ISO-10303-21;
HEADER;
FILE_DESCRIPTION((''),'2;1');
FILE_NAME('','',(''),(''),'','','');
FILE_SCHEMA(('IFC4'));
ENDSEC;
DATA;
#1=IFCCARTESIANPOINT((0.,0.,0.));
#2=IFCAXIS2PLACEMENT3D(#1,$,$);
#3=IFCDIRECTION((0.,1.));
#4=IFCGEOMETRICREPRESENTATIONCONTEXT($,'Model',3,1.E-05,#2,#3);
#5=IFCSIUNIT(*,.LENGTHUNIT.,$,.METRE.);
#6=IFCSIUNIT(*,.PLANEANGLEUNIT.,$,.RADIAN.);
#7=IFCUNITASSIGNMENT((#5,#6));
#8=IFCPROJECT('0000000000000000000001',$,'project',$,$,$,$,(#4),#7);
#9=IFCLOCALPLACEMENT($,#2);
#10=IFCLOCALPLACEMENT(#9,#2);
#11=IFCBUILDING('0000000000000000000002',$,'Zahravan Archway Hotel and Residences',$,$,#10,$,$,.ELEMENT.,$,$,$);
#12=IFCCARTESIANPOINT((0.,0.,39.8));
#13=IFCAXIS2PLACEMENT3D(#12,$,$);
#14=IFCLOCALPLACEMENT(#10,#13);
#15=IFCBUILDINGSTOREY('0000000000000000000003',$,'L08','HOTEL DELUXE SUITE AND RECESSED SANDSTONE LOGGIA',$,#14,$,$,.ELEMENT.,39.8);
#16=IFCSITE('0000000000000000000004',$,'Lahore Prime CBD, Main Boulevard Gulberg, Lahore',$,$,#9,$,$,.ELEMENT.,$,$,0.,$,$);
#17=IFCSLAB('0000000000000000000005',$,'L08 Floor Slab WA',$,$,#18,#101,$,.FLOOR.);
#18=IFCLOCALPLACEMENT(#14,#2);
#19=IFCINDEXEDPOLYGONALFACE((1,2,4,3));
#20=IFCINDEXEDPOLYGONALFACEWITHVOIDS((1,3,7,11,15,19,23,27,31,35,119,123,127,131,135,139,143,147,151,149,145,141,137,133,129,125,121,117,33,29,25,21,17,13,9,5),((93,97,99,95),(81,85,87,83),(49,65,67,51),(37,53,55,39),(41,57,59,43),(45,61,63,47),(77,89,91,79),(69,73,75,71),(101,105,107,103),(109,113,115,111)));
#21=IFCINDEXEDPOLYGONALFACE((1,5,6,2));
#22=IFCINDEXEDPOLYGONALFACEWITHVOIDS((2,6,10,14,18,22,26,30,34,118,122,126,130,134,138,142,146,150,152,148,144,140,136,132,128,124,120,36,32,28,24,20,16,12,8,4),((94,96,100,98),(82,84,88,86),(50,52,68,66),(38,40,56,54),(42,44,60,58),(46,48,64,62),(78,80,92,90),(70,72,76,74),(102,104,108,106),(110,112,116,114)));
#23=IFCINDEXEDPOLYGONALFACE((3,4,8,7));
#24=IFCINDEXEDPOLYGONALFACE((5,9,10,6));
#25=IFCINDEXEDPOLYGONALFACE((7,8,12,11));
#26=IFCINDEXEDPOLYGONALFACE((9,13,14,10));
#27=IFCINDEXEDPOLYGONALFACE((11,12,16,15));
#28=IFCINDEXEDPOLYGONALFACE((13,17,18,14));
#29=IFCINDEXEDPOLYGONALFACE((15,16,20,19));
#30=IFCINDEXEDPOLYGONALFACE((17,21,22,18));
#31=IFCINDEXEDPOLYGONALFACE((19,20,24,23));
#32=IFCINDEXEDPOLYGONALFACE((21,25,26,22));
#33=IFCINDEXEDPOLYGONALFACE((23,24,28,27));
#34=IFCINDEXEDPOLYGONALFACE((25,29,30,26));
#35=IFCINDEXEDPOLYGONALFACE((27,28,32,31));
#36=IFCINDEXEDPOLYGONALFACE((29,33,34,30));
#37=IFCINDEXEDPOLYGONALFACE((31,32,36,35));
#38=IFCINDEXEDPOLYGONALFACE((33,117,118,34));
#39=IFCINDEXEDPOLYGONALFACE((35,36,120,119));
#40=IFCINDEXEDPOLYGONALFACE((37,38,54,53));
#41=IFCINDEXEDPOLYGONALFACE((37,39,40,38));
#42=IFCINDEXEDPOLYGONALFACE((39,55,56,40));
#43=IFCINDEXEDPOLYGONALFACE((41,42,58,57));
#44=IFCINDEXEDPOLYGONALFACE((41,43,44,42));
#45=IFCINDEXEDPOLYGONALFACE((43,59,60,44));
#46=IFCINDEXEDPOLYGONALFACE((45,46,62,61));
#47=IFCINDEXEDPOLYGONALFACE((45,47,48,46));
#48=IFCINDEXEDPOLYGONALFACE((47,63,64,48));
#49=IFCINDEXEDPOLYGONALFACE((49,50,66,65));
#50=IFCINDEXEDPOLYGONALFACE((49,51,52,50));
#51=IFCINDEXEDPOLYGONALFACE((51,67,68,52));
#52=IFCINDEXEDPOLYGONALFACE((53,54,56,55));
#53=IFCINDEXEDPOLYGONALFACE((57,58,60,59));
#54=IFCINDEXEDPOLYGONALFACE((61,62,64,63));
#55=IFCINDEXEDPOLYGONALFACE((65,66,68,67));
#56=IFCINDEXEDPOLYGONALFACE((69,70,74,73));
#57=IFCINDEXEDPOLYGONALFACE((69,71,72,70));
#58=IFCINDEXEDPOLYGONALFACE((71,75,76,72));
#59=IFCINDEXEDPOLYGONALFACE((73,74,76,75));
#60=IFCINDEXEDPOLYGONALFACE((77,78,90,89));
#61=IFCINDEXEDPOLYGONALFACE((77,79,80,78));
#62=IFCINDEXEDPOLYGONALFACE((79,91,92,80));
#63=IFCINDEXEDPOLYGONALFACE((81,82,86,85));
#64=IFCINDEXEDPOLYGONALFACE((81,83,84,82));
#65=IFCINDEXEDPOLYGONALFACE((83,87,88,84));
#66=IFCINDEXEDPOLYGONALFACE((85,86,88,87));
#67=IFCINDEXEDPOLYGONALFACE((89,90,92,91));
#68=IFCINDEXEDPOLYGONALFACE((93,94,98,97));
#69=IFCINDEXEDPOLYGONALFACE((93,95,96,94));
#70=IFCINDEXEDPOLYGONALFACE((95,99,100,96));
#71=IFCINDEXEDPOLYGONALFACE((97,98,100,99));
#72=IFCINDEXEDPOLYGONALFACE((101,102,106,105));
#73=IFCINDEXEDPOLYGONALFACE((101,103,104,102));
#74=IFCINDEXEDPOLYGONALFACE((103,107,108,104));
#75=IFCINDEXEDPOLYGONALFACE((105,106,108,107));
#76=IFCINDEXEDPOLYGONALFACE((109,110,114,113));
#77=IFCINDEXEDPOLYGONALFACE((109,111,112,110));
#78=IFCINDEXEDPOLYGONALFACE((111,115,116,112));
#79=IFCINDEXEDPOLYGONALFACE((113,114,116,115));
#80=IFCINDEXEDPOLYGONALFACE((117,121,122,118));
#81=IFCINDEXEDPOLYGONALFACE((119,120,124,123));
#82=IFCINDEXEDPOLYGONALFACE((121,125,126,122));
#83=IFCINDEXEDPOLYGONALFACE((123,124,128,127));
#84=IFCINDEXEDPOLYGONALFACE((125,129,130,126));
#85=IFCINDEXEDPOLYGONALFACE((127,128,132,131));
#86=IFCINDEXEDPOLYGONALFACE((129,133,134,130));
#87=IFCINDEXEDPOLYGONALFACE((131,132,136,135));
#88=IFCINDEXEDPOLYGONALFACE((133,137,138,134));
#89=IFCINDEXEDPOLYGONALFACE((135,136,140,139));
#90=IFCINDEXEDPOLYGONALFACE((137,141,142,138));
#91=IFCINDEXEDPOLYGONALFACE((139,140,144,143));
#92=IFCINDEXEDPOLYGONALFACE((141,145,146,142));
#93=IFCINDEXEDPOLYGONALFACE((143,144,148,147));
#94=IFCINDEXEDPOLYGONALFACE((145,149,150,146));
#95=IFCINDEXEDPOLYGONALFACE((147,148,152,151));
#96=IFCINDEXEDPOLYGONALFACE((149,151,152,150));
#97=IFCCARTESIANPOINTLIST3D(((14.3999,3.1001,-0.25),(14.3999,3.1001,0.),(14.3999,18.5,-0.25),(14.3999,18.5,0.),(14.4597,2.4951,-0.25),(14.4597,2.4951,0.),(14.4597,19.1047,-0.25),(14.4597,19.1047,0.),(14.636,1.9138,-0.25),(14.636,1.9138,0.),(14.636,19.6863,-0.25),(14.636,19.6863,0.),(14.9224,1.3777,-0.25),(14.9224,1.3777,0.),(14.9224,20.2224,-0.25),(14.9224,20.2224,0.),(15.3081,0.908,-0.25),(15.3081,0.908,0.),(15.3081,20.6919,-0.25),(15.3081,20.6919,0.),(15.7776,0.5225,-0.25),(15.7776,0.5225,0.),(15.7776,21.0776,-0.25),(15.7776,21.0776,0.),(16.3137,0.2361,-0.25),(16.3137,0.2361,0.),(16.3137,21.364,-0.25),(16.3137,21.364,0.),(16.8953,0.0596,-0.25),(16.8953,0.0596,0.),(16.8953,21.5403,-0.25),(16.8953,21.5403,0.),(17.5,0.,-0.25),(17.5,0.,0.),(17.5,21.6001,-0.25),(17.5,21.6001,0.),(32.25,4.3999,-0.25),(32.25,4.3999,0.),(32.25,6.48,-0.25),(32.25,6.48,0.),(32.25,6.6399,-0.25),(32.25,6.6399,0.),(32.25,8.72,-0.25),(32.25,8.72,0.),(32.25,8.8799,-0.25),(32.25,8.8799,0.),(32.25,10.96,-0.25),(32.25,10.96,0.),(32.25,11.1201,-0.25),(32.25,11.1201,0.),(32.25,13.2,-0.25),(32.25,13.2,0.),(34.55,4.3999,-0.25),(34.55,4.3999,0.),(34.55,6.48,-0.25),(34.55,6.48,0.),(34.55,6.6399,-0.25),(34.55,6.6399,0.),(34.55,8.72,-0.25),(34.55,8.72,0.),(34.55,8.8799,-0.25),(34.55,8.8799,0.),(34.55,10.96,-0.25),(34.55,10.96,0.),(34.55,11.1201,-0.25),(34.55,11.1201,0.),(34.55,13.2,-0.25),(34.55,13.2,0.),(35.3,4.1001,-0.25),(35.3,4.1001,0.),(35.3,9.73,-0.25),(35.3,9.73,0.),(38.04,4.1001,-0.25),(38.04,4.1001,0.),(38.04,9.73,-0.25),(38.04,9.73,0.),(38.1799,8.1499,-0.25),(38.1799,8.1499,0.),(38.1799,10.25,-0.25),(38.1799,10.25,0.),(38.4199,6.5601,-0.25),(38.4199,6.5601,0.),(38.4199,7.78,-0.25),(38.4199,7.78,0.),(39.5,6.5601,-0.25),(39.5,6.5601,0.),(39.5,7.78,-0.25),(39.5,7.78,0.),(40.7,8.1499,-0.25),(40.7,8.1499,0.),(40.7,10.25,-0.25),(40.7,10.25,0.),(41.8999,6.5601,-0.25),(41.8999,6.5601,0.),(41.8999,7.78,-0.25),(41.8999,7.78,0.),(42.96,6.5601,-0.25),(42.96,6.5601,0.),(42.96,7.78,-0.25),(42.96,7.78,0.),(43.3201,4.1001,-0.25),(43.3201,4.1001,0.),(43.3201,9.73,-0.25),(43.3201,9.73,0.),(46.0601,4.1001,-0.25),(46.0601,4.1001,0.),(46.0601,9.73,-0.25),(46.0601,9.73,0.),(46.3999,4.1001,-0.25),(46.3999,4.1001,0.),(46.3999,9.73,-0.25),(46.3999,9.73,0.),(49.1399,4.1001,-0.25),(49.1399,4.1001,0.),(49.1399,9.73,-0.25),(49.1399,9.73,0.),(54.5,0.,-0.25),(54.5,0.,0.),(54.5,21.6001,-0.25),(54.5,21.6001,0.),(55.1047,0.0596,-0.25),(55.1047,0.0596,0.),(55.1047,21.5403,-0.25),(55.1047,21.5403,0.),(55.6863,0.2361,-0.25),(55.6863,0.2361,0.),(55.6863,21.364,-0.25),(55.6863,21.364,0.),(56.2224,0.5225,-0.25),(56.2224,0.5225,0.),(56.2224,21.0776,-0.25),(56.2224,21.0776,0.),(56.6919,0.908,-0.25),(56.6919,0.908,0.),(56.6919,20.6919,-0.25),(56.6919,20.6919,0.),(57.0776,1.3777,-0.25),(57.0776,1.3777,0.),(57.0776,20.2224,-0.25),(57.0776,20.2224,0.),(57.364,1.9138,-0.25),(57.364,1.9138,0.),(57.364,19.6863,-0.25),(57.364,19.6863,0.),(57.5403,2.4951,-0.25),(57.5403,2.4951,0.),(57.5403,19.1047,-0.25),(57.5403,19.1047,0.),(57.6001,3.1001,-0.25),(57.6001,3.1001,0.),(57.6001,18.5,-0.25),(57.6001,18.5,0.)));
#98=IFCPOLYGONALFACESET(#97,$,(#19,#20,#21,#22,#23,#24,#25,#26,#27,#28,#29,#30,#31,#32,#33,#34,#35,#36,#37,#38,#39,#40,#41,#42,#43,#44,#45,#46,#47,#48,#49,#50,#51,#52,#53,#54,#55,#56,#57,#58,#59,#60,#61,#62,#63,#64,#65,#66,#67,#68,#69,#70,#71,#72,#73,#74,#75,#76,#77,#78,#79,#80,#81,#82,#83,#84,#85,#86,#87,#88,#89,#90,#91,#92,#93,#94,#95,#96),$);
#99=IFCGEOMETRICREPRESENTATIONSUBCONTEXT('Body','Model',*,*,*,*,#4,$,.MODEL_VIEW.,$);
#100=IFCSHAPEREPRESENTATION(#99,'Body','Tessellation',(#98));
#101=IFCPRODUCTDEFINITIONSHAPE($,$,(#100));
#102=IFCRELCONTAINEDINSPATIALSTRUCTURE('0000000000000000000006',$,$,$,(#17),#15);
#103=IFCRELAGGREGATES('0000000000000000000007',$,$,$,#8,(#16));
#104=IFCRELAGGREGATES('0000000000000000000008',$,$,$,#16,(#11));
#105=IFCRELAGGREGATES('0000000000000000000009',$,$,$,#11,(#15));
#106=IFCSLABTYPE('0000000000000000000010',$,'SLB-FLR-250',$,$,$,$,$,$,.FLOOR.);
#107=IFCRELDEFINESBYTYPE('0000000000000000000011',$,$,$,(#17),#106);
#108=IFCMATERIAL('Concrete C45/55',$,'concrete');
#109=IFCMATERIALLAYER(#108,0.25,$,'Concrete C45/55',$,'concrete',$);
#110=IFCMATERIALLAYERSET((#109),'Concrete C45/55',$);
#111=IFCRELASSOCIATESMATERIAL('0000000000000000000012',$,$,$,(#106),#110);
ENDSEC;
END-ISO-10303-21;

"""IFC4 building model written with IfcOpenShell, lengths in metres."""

from ifc_helpers import new_model, si_unit, direction, frame, origin, place, context, subcontext, project, spatial, polyline, outline, extrude, material, layer, layer_set, type_object, element, save


model = new_model("IFC4")

# Units and contexts
model_context = context("Model", 3, precision=1e-05, world=origin(), true_north=direction((0.0, 1.0)))
body_context = subcontext(model_context, "Body", "Model", "MODEL_VIEW")
ifc_project = project(units=[si_unit("LENGTHUNIT", "METRE"), si_unit("PLANEANGLEUNIT", "RADIAN")], contexts=[model_context])

# Site, building, storey
site_placement = place(None, origin())
site = spatial("IfcSite", under=ifc_project, at=site_placement, Name="Lahore Prime CBD, Main Boulevard Gulberg, Lahore", CompositionType="ELEMENT", RefElevation=0.0)
building_placement = place(site_placement, origin())
building = spatial("IfcBuilding", under=site, at=building_placement, Name="Zahravan Archway Hotel and Residences", CompositionType="ELEMENT")
storey_placement = place(building_placement, frame((0.0, 0.0, 39.8)))
storey = spatial("IfcBuildingStorey", under=building, at=storey_placement, Name="L08", Description="HOTEL DELUXE SUITE AND RECESSED SANDSTONE LOGGIA", CompositionType="ELEMENT", Elevation=39.8)

# Slab
ifc_material_1 = material(Name="Concrete C45/55", Category="concrete")
ifc_layer_1 = layer(ifc_material_1, 0.25, Name="Concrete C45/55", Category="concrete")
ifc_layer_set_1 = layer_set([ifc_layer_1], Name="Concrete C45/55")
slab_type_1 = type_object("IfcSlabType", Name="SLB-FLR-250", PredefinedType="FLOOR", material=ifc_layer_set_1)
slab_1_placement = place(storey_placement, frame((0.0, 0.0, -0.25)))
element("IfcSlab", 1, at=slab_1_placement, inside=storey, type_object=slab_type_1, Name="L08 Floor Slab WA", PredefinedType="FLOOR", context=body_context, shape_type="SweptSolid", body=[
    extrude(outline(polyline([(54.5, 0.0), (55.1047, 0.0596), (55.6863, 0.2361), (56.2224, 0.5225), (56.6919, 0.908), (57.0776, 1.3777), (57.364, 1.9138), (57.5403, 2.4951), (57.6001, 3.1001), (57.6001, 18.5), (57.5403, 19.1047), (57.364, 19.6863), (57.0776, 20.2224), (56.6919, 20.6919), (56.2224, 21.0776), (55.6863, 21.364), (55.1047, 21.5403), (54.5, 21.6001), (17.5, 21.6001), (16.8953, 21.5403), (16.3137, 21.364), (15.7776, 21.0776), (15.3081, 20.6919), (14.9224, 20.2224), (14.636, 19.6863), (14.4597, 19.1047), (14.3999, 18.5), (14.3999, 3.1001), (14.4597, 2.4951), (14.636, 1.9138), (14.9224, 1.3777), (15.3081, 0.908), (15.7776, 0.5225), (16.3137, 0.2361), (16.8953, 0.0596), (17.5, 0.0), (54.5, 0.0)]), holes=[polyline([(35.3, 9.73), (35.3, 4.1001), (38.04, 4.1001), (38.04, 9.73), (35.3, 9.73)]), polyline([(43.3201, 9.73), (43.3201, 4.1001), (46.0601, 4.1001), (46.0601, 9.73), (43.3201, 9.73)]), polyline([(46.3999, 9.73), (46.3999, 4.1001), (49.1399, 4.1001), (49.1399, 9.73), (46.3999, 9.73)]), polyline([(38.1799, 8.1499), (40.7, 8.1499), (40.7, 10.25), (38.1799, 10.25), (38.1799, 8.1499)]), polyline([(32.25, 4.3999), (34.55, 4.3999), (34.55, 6.48), (32.25, 6.48), (32.25, 4.3999)]), polyline([(32.25, 6.6399), (34.55, 6.6399), (34.55, 8.72), (32.25, 8.72), (32.25, 6.6399)]), polyline([(32.25, 8.8799), (34.55, 8.8799), (34.55, 10.96), (32.25, 10.96), (32.25, 8.8799)]), polyline([(32.25, 11.1201), (34.55, 11.1201), (34.55, 13.2), (32.25, 13.2), (32.25, 11.1201)]), polyline([(38.4199, 6.5601), (39.5, 6.5601), (39.5, 7.78), (38.4199, 7.78), (38.4199, 6.5601)]), polyline([(41.8999, 6.5601), (42.96, 6.5601), (42.96, 7.78), (41.8999, 7.78), (41.8999, 6.5601)])]), origin(), (0.0, 0.0, 1.0), 0.25),
])

save(model, "model.ifc")
